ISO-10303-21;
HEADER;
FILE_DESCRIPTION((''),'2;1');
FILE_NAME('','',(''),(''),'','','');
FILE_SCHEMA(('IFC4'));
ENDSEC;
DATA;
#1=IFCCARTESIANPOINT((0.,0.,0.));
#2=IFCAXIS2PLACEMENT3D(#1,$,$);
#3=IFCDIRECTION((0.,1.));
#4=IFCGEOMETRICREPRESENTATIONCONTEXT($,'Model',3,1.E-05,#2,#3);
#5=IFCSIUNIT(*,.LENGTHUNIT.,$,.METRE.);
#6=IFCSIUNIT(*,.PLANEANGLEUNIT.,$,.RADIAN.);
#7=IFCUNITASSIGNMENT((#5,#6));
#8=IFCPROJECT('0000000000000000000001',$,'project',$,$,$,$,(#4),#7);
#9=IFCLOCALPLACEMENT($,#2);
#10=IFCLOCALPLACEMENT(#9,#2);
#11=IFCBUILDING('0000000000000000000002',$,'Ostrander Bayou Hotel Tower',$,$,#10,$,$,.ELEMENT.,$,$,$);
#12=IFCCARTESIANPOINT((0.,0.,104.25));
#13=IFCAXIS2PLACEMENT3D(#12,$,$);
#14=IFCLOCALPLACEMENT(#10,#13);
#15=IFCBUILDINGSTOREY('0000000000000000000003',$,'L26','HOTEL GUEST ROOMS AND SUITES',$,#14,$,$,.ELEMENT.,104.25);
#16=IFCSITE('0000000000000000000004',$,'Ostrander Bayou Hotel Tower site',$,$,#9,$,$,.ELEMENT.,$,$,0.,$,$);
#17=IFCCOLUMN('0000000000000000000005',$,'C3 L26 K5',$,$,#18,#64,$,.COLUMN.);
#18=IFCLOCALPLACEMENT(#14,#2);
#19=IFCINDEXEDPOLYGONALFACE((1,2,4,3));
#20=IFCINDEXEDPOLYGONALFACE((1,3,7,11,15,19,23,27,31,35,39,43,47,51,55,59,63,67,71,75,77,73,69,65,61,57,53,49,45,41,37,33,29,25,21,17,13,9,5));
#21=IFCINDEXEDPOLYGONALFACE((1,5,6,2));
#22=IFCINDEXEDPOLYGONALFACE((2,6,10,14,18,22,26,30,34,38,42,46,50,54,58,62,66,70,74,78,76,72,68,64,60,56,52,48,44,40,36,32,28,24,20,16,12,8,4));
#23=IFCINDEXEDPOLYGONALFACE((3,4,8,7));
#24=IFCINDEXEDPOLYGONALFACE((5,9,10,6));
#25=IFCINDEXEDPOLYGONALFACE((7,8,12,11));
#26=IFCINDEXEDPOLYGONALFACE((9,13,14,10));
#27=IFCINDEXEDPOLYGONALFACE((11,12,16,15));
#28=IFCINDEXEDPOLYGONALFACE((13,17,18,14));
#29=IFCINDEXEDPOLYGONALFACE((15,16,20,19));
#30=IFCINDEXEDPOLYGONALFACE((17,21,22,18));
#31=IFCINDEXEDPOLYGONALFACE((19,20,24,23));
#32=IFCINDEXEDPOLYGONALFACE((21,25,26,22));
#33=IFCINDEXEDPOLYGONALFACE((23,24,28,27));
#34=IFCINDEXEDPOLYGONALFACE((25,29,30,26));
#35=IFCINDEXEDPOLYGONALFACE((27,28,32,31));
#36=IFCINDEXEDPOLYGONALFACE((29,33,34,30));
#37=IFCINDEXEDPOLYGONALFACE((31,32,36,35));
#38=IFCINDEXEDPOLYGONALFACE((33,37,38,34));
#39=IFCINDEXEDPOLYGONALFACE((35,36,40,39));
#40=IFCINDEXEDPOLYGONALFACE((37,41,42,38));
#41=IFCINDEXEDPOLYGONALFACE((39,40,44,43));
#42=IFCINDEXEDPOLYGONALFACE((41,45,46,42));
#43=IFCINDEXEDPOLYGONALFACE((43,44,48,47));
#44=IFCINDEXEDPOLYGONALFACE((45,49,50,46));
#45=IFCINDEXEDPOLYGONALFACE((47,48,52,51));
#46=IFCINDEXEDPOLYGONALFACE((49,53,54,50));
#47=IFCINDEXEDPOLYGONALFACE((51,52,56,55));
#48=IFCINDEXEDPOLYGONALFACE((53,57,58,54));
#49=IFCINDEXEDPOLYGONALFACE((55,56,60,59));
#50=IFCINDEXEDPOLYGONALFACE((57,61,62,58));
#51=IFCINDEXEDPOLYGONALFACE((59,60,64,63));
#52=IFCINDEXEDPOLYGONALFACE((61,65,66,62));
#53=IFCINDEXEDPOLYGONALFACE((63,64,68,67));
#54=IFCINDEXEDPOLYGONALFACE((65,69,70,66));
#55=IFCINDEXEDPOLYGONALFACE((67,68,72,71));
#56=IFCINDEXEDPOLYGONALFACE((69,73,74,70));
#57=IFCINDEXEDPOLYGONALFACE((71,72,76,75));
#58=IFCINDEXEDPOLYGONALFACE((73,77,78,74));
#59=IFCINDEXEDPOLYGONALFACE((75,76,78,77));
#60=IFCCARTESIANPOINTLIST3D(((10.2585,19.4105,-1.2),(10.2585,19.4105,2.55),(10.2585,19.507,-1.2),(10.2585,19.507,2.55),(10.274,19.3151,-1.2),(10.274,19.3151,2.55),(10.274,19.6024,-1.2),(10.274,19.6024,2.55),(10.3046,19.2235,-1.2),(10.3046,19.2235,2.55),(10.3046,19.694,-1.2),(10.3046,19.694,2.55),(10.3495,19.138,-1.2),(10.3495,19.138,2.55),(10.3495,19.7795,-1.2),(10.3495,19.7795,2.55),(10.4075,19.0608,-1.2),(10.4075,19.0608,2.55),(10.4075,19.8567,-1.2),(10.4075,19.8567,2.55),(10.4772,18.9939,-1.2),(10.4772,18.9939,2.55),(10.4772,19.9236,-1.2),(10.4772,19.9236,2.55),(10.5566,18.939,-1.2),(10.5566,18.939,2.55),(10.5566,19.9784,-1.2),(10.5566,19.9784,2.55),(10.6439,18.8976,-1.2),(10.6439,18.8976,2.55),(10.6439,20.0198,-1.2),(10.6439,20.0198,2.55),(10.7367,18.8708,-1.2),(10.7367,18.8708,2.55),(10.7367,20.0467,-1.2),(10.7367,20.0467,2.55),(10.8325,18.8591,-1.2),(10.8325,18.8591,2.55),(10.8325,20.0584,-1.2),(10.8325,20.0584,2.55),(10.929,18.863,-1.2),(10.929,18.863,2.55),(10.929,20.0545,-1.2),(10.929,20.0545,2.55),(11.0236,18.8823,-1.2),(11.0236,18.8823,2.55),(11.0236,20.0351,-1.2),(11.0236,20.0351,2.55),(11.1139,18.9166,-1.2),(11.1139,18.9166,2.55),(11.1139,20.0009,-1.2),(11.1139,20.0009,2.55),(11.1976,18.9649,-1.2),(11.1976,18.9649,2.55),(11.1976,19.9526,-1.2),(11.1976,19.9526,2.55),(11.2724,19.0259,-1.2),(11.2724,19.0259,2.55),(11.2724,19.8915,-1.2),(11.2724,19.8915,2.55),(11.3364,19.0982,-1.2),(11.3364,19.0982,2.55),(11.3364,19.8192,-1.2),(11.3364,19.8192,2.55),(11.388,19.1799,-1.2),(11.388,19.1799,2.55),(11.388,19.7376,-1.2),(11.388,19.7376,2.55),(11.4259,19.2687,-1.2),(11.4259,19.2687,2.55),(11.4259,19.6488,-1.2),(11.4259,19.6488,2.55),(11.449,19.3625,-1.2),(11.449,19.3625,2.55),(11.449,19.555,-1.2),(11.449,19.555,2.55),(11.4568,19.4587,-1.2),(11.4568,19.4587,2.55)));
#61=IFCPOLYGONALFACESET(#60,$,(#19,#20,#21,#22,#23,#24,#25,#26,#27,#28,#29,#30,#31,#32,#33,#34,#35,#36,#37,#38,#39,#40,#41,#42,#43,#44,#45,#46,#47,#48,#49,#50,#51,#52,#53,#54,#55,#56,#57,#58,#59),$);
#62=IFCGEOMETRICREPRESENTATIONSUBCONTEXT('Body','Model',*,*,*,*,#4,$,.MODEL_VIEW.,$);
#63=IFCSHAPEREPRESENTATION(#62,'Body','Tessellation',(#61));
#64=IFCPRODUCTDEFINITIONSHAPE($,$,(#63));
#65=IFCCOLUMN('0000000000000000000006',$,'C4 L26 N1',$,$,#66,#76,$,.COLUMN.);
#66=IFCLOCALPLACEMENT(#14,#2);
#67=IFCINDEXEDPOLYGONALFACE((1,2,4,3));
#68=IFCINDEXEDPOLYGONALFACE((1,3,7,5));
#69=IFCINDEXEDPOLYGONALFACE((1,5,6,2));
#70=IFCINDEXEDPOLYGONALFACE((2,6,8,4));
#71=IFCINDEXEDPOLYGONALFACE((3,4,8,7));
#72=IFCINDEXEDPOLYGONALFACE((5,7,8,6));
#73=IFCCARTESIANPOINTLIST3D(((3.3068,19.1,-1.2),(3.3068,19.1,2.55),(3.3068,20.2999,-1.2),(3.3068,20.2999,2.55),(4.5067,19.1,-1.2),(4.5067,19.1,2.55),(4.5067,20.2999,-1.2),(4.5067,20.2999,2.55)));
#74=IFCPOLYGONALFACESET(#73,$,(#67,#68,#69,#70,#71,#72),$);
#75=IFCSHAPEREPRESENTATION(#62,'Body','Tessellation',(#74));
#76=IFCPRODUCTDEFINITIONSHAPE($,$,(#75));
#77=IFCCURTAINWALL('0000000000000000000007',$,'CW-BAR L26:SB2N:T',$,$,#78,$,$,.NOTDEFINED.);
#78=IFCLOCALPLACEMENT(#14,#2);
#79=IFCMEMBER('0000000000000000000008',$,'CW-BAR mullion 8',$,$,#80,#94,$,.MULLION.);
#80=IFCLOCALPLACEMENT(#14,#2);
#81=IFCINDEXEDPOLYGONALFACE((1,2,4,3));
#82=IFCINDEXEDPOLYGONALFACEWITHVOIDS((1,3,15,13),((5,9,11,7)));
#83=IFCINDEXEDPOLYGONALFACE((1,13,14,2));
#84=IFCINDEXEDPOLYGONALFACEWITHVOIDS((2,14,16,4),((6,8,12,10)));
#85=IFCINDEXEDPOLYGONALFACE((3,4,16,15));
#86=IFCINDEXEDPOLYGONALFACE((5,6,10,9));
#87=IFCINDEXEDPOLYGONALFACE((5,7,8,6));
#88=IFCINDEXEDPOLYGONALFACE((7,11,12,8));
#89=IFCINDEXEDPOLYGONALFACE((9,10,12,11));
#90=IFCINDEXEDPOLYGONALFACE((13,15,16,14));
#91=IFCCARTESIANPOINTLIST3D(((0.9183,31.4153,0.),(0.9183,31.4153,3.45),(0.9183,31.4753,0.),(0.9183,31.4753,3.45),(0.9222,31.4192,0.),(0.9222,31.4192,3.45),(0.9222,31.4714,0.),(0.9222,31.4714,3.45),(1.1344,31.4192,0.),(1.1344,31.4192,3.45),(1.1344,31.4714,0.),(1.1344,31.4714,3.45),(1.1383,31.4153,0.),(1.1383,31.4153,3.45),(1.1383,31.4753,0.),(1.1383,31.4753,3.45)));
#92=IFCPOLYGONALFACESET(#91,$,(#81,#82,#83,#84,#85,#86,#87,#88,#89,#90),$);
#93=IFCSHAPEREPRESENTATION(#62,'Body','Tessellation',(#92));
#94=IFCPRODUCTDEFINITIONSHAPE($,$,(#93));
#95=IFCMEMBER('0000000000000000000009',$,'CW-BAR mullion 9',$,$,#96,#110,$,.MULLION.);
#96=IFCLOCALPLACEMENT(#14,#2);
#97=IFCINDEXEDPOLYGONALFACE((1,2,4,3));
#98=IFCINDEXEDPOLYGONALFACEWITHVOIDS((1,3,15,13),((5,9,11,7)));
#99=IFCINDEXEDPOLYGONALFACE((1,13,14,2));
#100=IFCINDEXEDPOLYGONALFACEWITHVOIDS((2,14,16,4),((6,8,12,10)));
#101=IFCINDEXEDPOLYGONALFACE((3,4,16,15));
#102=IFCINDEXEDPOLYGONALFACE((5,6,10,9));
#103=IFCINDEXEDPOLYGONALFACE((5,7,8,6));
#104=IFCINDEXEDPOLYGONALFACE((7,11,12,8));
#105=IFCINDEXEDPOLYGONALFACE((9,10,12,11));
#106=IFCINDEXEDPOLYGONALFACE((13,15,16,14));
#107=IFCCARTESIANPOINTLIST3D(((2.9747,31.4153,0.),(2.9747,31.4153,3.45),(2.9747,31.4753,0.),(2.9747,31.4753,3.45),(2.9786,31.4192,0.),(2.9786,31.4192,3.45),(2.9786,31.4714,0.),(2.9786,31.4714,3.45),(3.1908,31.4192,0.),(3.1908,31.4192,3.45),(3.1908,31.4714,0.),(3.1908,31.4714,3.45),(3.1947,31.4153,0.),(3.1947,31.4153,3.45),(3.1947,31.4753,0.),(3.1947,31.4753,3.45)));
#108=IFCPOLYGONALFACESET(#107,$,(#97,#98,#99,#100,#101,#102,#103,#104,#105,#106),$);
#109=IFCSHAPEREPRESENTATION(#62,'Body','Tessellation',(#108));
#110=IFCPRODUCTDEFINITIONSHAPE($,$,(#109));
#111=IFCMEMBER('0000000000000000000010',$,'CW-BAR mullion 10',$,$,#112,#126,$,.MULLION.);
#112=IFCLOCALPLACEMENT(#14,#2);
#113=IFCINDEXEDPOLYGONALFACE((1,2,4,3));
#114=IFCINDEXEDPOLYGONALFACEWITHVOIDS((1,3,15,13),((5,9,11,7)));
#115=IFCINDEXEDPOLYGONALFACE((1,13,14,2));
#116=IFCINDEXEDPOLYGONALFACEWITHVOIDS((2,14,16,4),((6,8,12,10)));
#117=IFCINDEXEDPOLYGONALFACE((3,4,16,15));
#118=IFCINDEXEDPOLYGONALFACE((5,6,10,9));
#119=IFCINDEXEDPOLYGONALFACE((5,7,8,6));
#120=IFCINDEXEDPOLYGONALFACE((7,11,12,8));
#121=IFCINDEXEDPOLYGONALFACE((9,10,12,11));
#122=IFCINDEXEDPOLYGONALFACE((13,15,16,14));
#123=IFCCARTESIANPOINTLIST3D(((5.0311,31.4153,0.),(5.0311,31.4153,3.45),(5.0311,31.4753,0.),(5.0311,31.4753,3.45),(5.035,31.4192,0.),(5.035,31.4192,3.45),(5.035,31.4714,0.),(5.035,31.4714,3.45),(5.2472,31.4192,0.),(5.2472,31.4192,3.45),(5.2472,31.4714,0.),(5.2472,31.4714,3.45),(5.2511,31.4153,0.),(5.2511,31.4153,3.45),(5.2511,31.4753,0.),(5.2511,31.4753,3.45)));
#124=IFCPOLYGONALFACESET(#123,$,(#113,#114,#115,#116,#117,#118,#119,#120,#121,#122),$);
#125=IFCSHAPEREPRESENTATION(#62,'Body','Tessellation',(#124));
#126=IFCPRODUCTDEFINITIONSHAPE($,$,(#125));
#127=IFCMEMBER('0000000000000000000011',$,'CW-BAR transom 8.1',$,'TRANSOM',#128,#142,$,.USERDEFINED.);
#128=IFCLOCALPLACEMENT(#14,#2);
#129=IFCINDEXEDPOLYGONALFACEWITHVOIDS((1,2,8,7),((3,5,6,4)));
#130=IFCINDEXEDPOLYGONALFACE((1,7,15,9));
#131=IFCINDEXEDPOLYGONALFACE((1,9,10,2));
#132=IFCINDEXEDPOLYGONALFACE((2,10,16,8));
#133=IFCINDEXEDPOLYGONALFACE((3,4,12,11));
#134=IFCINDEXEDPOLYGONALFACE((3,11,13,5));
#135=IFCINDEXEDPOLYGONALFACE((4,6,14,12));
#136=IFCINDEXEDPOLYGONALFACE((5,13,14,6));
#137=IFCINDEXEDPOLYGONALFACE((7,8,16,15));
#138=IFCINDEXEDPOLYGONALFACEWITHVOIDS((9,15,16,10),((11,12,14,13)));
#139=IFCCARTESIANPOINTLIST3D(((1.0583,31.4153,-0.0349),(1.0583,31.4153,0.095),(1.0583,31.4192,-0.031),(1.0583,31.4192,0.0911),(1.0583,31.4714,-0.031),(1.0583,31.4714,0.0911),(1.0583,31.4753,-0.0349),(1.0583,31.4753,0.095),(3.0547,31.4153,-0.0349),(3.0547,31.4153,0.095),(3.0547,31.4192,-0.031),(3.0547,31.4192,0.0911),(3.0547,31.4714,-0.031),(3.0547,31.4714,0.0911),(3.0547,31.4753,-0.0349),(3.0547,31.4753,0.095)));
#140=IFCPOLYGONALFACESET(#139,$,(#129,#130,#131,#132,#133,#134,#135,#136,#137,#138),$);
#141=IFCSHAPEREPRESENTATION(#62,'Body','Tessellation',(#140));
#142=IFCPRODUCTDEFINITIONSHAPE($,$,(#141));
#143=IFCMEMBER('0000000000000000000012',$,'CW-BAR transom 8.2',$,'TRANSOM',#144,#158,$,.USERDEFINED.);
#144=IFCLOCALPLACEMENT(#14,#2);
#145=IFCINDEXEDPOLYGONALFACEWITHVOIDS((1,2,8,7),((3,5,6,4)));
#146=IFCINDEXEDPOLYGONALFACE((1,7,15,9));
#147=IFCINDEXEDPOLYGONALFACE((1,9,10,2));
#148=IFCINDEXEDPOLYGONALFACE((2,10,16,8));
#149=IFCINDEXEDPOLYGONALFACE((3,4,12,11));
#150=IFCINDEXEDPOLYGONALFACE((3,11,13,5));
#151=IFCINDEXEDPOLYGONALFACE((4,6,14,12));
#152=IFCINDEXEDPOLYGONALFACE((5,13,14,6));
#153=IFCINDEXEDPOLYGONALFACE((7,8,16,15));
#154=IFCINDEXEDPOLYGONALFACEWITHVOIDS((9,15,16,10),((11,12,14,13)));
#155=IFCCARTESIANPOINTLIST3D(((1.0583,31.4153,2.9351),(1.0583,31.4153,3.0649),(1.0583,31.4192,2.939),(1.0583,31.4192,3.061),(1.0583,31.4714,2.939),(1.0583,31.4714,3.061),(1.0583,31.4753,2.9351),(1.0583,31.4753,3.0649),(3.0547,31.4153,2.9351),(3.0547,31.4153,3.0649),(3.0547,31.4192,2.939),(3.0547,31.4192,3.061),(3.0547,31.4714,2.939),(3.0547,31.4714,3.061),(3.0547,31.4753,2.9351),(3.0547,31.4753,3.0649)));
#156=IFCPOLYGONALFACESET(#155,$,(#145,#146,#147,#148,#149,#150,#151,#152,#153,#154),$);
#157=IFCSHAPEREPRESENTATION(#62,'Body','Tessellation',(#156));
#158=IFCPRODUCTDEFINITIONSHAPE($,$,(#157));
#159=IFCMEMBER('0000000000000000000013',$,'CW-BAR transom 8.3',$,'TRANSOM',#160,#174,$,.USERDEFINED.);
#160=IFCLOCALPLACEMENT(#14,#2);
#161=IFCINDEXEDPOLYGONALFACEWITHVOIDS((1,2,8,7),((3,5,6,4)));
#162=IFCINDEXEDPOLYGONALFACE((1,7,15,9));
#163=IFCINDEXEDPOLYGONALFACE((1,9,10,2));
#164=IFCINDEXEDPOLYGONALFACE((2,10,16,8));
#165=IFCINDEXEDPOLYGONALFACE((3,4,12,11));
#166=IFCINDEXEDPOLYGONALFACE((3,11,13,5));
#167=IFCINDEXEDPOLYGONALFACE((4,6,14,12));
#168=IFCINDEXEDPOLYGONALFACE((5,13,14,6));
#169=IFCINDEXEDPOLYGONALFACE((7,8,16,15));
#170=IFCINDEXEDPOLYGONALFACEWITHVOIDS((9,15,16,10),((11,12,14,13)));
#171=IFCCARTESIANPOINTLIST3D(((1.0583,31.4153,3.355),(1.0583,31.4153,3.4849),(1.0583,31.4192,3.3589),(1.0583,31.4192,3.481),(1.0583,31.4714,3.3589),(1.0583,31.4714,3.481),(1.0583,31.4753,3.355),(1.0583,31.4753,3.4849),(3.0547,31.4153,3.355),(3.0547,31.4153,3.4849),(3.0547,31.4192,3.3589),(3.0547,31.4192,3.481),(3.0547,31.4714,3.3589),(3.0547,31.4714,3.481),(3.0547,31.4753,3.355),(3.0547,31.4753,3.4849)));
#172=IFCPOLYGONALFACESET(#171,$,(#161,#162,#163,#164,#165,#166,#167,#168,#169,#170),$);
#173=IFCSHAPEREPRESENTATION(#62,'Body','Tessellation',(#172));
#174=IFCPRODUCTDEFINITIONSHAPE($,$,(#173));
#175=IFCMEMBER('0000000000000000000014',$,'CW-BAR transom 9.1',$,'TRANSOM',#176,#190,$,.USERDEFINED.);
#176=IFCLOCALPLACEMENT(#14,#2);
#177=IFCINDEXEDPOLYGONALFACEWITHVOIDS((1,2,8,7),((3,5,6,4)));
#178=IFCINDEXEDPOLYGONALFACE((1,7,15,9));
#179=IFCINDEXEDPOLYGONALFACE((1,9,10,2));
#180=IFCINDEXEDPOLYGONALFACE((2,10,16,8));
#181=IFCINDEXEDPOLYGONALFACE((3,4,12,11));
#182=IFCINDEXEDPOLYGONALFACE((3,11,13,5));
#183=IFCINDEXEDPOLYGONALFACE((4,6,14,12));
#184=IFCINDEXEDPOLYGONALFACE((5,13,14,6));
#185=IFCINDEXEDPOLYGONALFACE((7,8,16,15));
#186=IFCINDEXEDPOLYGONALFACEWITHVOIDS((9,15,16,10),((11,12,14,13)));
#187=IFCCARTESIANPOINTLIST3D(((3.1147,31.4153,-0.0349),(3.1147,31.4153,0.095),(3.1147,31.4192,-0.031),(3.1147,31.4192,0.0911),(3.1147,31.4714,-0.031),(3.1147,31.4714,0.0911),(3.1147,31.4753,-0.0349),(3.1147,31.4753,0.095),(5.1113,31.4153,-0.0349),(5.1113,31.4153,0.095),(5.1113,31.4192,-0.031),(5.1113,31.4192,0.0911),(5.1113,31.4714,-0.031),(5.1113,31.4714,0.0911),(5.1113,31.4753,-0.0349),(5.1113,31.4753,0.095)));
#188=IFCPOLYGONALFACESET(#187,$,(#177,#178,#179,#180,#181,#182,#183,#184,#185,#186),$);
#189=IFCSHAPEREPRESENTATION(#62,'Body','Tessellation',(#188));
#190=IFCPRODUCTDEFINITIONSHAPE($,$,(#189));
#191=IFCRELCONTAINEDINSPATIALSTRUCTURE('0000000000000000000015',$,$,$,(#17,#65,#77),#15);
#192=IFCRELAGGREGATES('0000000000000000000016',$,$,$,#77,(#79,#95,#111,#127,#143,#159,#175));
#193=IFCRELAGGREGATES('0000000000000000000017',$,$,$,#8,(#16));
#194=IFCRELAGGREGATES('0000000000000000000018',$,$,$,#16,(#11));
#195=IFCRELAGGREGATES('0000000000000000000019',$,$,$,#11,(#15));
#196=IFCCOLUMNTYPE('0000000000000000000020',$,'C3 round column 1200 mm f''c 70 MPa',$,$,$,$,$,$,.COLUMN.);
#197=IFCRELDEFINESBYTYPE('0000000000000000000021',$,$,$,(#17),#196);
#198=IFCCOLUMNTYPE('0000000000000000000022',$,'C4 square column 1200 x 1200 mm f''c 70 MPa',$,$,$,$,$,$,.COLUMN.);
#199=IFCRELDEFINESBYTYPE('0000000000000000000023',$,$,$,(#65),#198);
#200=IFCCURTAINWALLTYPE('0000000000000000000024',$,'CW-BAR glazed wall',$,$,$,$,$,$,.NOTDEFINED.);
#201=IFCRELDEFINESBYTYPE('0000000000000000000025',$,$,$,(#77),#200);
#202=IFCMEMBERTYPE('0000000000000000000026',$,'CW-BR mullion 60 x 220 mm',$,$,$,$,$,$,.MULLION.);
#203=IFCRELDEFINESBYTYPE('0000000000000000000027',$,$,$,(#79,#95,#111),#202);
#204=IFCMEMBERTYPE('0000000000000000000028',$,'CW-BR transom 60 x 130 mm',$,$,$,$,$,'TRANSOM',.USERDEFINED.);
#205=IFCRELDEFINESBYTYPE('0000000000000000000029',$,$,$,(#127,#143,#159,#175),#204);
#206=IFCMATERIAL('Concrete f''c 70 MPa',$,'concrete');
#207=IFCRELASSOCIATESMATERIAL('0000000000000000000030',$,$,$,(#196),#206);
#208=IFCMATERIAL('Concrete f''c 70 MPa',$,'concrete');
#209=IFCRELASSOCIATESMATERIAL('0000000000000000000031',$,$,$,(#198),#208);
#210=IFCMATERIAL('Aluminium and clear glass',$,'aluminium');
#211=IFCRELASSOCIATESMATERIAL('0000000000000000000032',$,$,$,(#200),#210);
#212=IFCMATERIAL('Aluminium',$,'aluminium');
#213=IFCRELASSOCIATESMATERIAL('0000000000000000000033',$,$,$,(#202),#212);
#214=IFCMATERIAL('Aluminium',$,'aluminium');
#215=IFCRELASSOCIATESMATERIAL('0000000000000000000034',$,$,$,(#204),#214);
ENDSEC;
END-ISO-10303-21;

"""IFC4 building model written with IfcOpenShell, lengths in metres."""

from ifc_helpers import new_model, si_unit, direction, frame, origin, origin_2d, place, context, subcontext, project, spatial, rectangle, hollow_rectangle, circle, extrude, material, material_profile, profile_set, type_object, element, aggregate, save


model = new_model("IFC4")

# Units and contexts
model_context = context("Model", 3, precision=1e-05, world=origin(), true_north=direction((0.0, 1.0)))
body_context = subcontext(model_context, "Body", "Model", "MODEL_VIEW")
ifc_project = project(units=[si_unit("LENGTHUNIT", "METRE"), si_unit("PLANEANGLEUNIT", "RADIAN")], contexts=[model_context])

# Site, building, storey
site_placement = place(None, origin())
site = spatial("IfcSite", under=ifc_project, at=site_placement, Name="Ostrander Bayou Hotel Tower site", CompositionType="ELEMENT", RefElevation=0.0)
building_placement = place(site_placement, origin())
building = spatial("IfcBuilding", under=site, at=building_placement, Name="Ostrander Bayou Hotel Tower", CompositionType="ELEMENT")
storey_placement = place(building_placement, frame((0.0, 0.0, 104.25)))
storey = spatial("IfcBuildingStorey", under=building, at=storey_placement, Name="L26", Description="HOTEL GUEST ROOMS AND SUITES", CompositionType="ELEMENT", Elevation=104.25)

# Columns
ifc_material_1 = material(Name="Concrete f'c 70 MPa", Category="concrete")
ifc_material_profile_1 = material_profile(ifc_material_1, circle(Radius=0.6001, at=origin_2d()))
ifc_profile_set_1 = profile_set([ifc_material_profile_1], Name="Concrete f'c 70 MPa")
column_type_1 = type_object("IfcColumnType", Name="C3 round column 1200 mm f'c 70 MPa", PredefinedType="COLUMN", material=ifc_profile_set_1)
column_1_placement = place(storey_placement, frame((10.8567, 19.4587, -1.2), z_axis=(0.0, 0.0, 1.0), x_axis=(1.0, 0.0, 0.0)))
element("IfcColumn", 1, at=column_1_placement, inside=storey, type_object=column_type_1, Name="C3 L26 K5", PredefinedType="COLUMN", context=body_context, shape_type="SweptSolid", body=[
    extrude(circle(Radius=0.6001, at=origin_2d()), origin(), (0.0, 0.0, 1.0), 3.75),
])
ifc_material_2 = material(Name="Concrete f'c 70 MPa", Category="concrete")
ifc_material_profile_2 = material_profile(ifc_material_2, rectangle(XDim=1.2, YDim=1.2, at=origin_2d()))
ifc_profile_set_2 = profile_set([ifc_material_profile_2], Name="Concrete f'c 70 MPa")
column_type_2 = type_object("IfcColumnType", Name="C4 square column 1200 x 1200 mm f'c 70 MPa", PredefinedType="COLUMN", material=ifc_profile_set_2)
column_2_placement = place(storey_placement, frame((3.9067, 19.7, -1.2), z_axis=(0.0, 0.0, 1.0), x_axis=(1.0, 0.0, 0.0)))
element("IfcColumn", 2, at=column_2_placement, inside=storey, type_object=column_type_2, Name="C4 L26 N1", PredefinedType="COLUMN", context=body_context, shape_type="SweptSolid", body=[
    extrude(rectangle(XDim=1.2, YDim=1.2, at=origin_2d()), origin(), (0.0, 0.0, 1.0), 3.75),
])

# Curtain wall, members
ifc_material_3 = material(Name="Aluminium and clear glass", Category="aluminium")
curtain_wall_type = type_object("IfcCurtainWallType", Name="CW-BAR glazed wall", PredefinedType="NOTDEFINED", material=ifc_material_3)
curtain_wall_placement = place(storey_placement, origin())
curtain_wall = element("IfcCurtainWall", 3, at=curtain_wall_placement, inside=storey, type_object=curtain_wall_type, Name="CW-BAR L26:SB2N:T", PredefinedType="NOTDEFINED")
ifc_material_4 = material(Name="Aluminium", Category="aluminium")
ifc_material_profile_3 = material_profile(ifc_material_4, hollow_rectangle(XDim=0.0601, YDim=0.22, WallThickness=0.0039, at=origin_2d()))
ifc_profile_set_3 = profile_set([ifc_material_profile_3], Name="Aluminium")
member_type_1 = type_object("IfcMemberType", Name="CW-BR mullion 60 x 220 mm", PredefinedType="MULLION", material=ifc_profile_set_3)
member_1_placement = place(storey_placement, frame((1.0283, 31.4453, 0.0), z_axis=(0.0, 0.0, 1.0), x_axis=(0.0, 1.0, 0.0)))
member_1 = element("IfcMember", 4, at=member_1_placement, type_object=member_type_1, Name="CW-BAR mullion 8", PredefinedType="MULLION", context=body_context, shape_type="SweptSolid", body=[
    extrude(hollow_rectangle(XDim=0.0601, YDim=0.22, WallThickness=0.0039, at=origin_2d()), origin(), (0.0, 0.0, 1.0), 3.45),
])
member_2_placement = place(storey_placement, frame((3.0847, 31.4453, 0.0), z_axis=(0.0, 0.0, 1.0), x_axis=(0.0, 1.0, 0.0)))
member_2 = element("IfcMember", 5, at=member_2_placement, type_object=member_type_1, Name="CW-BAR mullion 9", PredefinedType="MULLION", context=body_context, shape_type="SweptSolid", body=[
    extrude(hollow_rectangle(XDim=0.0601, YDim=0.22, WallThickness=0.0039, at=origin_2d()), origin(), (0.0, 0.0, 1.0), 3.45),
])
member_3_placement = place(storey_placement, frame((5.1411, 31.4453, 0.0), z_axis=(0.0, 0.0, 1.0), x_axis=(0.0, 1.0, 0.0)))
member_3 = element("IfcMember", 6, at=member_3_placement, type_object=member_type_1, Name="CW-BAR mullion 10", PredefinedType="MULLION", context=body_context, shape_type="SweptSolid", body=[
    extrude(hollow_rectangle(XDim=0.0601, YDim=0.22, WallThickness=0.0039, at=origin_2d()), origin(), (0.0, 0.0, 1.0), 3.45),
])
ifc_material_5 = material(Name="Aluminium", Category="aluminium")
ifc_material_profile_4 = material_profile(ifc_material_5, hollow_rectangle(XDim=0.0601, YDim=0.1299, WallThickness=0.0039, at=origin_2d()))
ifc_profile_set_4 = profile_set([ifc_material_profile_4], Name="Aluminium")
member_type_2 = type_object("IfcMemberType", Name="CW-BR transom 60 x 130 mm", ElementType="TRANSOM", PredefinedType="USERDEFINED", material=ifc_profile_set_4)
member_4_placement = place(storey_placement, frame((1.0583, 31.4453, 0.03), z_axis=(1.0, 0.0, 0.0), x_axis=(0.0, 1.0, 0.0)))
member_4 = element("IfcMember", 7, at=member_4_placement, type_object=member_type_2, Name="CW-BAR transom 8.1", ObjectType="TRANSOM", PredefinedType="USERDEFINED", context=body_context, shape_type="SweptSolid", body=[
    extrude(hollow_rectangle(XDim=0.0601, YDim=0.1299, WallThickness=0.0039, at=origin_2d()), origin(), (0.0, 0.0, 1.0), 1.9963),
])
member_5_placement = place(storey_placement, frame((1.0583, 31.4453, 3.0), z_axis=(1.0, 0.0, 0.0), x_axis=(0.0, 1.0, 0.0)))
member_5 = element("IfcMember", 8, at=member_5_placement, type_object=member_type_2, Name="CW-BAR transom 8.2", ObjectType="TRANSOM", PredefinedType="USERDEFINED", context=body_context, shape_type="SweptSolid", body=[
    extrude(hollow_rectangle(XDim=0.0601, YDim=0.1299, WallThickness=0.0039, at=origin_2d()), origin(), (0.0, 0.0, 1.0), 1.9963),
])
member_6_placement = place(storey_placement, frame((1.0583, 31.4453, 3.4199), z_axis=(1.0, 0.0, 0.0), x_axis=(0.0, 1.0, 0.0)))
member_6 = element("IfcMember", 9, at=member_6_placement, type_object=member_type_2, Name="CW-BAR transom 8.3", ObjectType="TRANSOM", PredefinedType="USERDEFINED", context=body_context, shape_type="SweptSolid", body=[
    extrude(hollow_rectangle(XDim=0.0601, YDim=0.1299, WallThickness=0.0039, at=origin_2d()), origin(), (0.0, 0.0, 1.0), 1.9963),
])
member_7_placement = place(storey_placement, frame((3.1147, 31.4453, 0.03), z_axis=(1.0, 0.0, 0.0), x_axis=(0.0, 1.0, 0.0)))
member_7 = element("IfcMember", 10, at=member_7_placement, type_object=member_type_2, Name="CW-BAR transom 9.1", ObjectType="TRANSOM", PredefinedType="USERDEFINED", context=body_context, shape_type="SweptSolid", body=[
    extrude(hollow_rectangle(XDim=0.0601, YDim=0.1299, WallThickness=0.0039, at=origin_2d()), origin(), (0.0, 0.0, 1.0), 1.9966),
])
aggregate(curtain_wall, [member_1, member_2, member_3, member_4, member_5, member_6, member_7])

save(model, "model.ifc")
